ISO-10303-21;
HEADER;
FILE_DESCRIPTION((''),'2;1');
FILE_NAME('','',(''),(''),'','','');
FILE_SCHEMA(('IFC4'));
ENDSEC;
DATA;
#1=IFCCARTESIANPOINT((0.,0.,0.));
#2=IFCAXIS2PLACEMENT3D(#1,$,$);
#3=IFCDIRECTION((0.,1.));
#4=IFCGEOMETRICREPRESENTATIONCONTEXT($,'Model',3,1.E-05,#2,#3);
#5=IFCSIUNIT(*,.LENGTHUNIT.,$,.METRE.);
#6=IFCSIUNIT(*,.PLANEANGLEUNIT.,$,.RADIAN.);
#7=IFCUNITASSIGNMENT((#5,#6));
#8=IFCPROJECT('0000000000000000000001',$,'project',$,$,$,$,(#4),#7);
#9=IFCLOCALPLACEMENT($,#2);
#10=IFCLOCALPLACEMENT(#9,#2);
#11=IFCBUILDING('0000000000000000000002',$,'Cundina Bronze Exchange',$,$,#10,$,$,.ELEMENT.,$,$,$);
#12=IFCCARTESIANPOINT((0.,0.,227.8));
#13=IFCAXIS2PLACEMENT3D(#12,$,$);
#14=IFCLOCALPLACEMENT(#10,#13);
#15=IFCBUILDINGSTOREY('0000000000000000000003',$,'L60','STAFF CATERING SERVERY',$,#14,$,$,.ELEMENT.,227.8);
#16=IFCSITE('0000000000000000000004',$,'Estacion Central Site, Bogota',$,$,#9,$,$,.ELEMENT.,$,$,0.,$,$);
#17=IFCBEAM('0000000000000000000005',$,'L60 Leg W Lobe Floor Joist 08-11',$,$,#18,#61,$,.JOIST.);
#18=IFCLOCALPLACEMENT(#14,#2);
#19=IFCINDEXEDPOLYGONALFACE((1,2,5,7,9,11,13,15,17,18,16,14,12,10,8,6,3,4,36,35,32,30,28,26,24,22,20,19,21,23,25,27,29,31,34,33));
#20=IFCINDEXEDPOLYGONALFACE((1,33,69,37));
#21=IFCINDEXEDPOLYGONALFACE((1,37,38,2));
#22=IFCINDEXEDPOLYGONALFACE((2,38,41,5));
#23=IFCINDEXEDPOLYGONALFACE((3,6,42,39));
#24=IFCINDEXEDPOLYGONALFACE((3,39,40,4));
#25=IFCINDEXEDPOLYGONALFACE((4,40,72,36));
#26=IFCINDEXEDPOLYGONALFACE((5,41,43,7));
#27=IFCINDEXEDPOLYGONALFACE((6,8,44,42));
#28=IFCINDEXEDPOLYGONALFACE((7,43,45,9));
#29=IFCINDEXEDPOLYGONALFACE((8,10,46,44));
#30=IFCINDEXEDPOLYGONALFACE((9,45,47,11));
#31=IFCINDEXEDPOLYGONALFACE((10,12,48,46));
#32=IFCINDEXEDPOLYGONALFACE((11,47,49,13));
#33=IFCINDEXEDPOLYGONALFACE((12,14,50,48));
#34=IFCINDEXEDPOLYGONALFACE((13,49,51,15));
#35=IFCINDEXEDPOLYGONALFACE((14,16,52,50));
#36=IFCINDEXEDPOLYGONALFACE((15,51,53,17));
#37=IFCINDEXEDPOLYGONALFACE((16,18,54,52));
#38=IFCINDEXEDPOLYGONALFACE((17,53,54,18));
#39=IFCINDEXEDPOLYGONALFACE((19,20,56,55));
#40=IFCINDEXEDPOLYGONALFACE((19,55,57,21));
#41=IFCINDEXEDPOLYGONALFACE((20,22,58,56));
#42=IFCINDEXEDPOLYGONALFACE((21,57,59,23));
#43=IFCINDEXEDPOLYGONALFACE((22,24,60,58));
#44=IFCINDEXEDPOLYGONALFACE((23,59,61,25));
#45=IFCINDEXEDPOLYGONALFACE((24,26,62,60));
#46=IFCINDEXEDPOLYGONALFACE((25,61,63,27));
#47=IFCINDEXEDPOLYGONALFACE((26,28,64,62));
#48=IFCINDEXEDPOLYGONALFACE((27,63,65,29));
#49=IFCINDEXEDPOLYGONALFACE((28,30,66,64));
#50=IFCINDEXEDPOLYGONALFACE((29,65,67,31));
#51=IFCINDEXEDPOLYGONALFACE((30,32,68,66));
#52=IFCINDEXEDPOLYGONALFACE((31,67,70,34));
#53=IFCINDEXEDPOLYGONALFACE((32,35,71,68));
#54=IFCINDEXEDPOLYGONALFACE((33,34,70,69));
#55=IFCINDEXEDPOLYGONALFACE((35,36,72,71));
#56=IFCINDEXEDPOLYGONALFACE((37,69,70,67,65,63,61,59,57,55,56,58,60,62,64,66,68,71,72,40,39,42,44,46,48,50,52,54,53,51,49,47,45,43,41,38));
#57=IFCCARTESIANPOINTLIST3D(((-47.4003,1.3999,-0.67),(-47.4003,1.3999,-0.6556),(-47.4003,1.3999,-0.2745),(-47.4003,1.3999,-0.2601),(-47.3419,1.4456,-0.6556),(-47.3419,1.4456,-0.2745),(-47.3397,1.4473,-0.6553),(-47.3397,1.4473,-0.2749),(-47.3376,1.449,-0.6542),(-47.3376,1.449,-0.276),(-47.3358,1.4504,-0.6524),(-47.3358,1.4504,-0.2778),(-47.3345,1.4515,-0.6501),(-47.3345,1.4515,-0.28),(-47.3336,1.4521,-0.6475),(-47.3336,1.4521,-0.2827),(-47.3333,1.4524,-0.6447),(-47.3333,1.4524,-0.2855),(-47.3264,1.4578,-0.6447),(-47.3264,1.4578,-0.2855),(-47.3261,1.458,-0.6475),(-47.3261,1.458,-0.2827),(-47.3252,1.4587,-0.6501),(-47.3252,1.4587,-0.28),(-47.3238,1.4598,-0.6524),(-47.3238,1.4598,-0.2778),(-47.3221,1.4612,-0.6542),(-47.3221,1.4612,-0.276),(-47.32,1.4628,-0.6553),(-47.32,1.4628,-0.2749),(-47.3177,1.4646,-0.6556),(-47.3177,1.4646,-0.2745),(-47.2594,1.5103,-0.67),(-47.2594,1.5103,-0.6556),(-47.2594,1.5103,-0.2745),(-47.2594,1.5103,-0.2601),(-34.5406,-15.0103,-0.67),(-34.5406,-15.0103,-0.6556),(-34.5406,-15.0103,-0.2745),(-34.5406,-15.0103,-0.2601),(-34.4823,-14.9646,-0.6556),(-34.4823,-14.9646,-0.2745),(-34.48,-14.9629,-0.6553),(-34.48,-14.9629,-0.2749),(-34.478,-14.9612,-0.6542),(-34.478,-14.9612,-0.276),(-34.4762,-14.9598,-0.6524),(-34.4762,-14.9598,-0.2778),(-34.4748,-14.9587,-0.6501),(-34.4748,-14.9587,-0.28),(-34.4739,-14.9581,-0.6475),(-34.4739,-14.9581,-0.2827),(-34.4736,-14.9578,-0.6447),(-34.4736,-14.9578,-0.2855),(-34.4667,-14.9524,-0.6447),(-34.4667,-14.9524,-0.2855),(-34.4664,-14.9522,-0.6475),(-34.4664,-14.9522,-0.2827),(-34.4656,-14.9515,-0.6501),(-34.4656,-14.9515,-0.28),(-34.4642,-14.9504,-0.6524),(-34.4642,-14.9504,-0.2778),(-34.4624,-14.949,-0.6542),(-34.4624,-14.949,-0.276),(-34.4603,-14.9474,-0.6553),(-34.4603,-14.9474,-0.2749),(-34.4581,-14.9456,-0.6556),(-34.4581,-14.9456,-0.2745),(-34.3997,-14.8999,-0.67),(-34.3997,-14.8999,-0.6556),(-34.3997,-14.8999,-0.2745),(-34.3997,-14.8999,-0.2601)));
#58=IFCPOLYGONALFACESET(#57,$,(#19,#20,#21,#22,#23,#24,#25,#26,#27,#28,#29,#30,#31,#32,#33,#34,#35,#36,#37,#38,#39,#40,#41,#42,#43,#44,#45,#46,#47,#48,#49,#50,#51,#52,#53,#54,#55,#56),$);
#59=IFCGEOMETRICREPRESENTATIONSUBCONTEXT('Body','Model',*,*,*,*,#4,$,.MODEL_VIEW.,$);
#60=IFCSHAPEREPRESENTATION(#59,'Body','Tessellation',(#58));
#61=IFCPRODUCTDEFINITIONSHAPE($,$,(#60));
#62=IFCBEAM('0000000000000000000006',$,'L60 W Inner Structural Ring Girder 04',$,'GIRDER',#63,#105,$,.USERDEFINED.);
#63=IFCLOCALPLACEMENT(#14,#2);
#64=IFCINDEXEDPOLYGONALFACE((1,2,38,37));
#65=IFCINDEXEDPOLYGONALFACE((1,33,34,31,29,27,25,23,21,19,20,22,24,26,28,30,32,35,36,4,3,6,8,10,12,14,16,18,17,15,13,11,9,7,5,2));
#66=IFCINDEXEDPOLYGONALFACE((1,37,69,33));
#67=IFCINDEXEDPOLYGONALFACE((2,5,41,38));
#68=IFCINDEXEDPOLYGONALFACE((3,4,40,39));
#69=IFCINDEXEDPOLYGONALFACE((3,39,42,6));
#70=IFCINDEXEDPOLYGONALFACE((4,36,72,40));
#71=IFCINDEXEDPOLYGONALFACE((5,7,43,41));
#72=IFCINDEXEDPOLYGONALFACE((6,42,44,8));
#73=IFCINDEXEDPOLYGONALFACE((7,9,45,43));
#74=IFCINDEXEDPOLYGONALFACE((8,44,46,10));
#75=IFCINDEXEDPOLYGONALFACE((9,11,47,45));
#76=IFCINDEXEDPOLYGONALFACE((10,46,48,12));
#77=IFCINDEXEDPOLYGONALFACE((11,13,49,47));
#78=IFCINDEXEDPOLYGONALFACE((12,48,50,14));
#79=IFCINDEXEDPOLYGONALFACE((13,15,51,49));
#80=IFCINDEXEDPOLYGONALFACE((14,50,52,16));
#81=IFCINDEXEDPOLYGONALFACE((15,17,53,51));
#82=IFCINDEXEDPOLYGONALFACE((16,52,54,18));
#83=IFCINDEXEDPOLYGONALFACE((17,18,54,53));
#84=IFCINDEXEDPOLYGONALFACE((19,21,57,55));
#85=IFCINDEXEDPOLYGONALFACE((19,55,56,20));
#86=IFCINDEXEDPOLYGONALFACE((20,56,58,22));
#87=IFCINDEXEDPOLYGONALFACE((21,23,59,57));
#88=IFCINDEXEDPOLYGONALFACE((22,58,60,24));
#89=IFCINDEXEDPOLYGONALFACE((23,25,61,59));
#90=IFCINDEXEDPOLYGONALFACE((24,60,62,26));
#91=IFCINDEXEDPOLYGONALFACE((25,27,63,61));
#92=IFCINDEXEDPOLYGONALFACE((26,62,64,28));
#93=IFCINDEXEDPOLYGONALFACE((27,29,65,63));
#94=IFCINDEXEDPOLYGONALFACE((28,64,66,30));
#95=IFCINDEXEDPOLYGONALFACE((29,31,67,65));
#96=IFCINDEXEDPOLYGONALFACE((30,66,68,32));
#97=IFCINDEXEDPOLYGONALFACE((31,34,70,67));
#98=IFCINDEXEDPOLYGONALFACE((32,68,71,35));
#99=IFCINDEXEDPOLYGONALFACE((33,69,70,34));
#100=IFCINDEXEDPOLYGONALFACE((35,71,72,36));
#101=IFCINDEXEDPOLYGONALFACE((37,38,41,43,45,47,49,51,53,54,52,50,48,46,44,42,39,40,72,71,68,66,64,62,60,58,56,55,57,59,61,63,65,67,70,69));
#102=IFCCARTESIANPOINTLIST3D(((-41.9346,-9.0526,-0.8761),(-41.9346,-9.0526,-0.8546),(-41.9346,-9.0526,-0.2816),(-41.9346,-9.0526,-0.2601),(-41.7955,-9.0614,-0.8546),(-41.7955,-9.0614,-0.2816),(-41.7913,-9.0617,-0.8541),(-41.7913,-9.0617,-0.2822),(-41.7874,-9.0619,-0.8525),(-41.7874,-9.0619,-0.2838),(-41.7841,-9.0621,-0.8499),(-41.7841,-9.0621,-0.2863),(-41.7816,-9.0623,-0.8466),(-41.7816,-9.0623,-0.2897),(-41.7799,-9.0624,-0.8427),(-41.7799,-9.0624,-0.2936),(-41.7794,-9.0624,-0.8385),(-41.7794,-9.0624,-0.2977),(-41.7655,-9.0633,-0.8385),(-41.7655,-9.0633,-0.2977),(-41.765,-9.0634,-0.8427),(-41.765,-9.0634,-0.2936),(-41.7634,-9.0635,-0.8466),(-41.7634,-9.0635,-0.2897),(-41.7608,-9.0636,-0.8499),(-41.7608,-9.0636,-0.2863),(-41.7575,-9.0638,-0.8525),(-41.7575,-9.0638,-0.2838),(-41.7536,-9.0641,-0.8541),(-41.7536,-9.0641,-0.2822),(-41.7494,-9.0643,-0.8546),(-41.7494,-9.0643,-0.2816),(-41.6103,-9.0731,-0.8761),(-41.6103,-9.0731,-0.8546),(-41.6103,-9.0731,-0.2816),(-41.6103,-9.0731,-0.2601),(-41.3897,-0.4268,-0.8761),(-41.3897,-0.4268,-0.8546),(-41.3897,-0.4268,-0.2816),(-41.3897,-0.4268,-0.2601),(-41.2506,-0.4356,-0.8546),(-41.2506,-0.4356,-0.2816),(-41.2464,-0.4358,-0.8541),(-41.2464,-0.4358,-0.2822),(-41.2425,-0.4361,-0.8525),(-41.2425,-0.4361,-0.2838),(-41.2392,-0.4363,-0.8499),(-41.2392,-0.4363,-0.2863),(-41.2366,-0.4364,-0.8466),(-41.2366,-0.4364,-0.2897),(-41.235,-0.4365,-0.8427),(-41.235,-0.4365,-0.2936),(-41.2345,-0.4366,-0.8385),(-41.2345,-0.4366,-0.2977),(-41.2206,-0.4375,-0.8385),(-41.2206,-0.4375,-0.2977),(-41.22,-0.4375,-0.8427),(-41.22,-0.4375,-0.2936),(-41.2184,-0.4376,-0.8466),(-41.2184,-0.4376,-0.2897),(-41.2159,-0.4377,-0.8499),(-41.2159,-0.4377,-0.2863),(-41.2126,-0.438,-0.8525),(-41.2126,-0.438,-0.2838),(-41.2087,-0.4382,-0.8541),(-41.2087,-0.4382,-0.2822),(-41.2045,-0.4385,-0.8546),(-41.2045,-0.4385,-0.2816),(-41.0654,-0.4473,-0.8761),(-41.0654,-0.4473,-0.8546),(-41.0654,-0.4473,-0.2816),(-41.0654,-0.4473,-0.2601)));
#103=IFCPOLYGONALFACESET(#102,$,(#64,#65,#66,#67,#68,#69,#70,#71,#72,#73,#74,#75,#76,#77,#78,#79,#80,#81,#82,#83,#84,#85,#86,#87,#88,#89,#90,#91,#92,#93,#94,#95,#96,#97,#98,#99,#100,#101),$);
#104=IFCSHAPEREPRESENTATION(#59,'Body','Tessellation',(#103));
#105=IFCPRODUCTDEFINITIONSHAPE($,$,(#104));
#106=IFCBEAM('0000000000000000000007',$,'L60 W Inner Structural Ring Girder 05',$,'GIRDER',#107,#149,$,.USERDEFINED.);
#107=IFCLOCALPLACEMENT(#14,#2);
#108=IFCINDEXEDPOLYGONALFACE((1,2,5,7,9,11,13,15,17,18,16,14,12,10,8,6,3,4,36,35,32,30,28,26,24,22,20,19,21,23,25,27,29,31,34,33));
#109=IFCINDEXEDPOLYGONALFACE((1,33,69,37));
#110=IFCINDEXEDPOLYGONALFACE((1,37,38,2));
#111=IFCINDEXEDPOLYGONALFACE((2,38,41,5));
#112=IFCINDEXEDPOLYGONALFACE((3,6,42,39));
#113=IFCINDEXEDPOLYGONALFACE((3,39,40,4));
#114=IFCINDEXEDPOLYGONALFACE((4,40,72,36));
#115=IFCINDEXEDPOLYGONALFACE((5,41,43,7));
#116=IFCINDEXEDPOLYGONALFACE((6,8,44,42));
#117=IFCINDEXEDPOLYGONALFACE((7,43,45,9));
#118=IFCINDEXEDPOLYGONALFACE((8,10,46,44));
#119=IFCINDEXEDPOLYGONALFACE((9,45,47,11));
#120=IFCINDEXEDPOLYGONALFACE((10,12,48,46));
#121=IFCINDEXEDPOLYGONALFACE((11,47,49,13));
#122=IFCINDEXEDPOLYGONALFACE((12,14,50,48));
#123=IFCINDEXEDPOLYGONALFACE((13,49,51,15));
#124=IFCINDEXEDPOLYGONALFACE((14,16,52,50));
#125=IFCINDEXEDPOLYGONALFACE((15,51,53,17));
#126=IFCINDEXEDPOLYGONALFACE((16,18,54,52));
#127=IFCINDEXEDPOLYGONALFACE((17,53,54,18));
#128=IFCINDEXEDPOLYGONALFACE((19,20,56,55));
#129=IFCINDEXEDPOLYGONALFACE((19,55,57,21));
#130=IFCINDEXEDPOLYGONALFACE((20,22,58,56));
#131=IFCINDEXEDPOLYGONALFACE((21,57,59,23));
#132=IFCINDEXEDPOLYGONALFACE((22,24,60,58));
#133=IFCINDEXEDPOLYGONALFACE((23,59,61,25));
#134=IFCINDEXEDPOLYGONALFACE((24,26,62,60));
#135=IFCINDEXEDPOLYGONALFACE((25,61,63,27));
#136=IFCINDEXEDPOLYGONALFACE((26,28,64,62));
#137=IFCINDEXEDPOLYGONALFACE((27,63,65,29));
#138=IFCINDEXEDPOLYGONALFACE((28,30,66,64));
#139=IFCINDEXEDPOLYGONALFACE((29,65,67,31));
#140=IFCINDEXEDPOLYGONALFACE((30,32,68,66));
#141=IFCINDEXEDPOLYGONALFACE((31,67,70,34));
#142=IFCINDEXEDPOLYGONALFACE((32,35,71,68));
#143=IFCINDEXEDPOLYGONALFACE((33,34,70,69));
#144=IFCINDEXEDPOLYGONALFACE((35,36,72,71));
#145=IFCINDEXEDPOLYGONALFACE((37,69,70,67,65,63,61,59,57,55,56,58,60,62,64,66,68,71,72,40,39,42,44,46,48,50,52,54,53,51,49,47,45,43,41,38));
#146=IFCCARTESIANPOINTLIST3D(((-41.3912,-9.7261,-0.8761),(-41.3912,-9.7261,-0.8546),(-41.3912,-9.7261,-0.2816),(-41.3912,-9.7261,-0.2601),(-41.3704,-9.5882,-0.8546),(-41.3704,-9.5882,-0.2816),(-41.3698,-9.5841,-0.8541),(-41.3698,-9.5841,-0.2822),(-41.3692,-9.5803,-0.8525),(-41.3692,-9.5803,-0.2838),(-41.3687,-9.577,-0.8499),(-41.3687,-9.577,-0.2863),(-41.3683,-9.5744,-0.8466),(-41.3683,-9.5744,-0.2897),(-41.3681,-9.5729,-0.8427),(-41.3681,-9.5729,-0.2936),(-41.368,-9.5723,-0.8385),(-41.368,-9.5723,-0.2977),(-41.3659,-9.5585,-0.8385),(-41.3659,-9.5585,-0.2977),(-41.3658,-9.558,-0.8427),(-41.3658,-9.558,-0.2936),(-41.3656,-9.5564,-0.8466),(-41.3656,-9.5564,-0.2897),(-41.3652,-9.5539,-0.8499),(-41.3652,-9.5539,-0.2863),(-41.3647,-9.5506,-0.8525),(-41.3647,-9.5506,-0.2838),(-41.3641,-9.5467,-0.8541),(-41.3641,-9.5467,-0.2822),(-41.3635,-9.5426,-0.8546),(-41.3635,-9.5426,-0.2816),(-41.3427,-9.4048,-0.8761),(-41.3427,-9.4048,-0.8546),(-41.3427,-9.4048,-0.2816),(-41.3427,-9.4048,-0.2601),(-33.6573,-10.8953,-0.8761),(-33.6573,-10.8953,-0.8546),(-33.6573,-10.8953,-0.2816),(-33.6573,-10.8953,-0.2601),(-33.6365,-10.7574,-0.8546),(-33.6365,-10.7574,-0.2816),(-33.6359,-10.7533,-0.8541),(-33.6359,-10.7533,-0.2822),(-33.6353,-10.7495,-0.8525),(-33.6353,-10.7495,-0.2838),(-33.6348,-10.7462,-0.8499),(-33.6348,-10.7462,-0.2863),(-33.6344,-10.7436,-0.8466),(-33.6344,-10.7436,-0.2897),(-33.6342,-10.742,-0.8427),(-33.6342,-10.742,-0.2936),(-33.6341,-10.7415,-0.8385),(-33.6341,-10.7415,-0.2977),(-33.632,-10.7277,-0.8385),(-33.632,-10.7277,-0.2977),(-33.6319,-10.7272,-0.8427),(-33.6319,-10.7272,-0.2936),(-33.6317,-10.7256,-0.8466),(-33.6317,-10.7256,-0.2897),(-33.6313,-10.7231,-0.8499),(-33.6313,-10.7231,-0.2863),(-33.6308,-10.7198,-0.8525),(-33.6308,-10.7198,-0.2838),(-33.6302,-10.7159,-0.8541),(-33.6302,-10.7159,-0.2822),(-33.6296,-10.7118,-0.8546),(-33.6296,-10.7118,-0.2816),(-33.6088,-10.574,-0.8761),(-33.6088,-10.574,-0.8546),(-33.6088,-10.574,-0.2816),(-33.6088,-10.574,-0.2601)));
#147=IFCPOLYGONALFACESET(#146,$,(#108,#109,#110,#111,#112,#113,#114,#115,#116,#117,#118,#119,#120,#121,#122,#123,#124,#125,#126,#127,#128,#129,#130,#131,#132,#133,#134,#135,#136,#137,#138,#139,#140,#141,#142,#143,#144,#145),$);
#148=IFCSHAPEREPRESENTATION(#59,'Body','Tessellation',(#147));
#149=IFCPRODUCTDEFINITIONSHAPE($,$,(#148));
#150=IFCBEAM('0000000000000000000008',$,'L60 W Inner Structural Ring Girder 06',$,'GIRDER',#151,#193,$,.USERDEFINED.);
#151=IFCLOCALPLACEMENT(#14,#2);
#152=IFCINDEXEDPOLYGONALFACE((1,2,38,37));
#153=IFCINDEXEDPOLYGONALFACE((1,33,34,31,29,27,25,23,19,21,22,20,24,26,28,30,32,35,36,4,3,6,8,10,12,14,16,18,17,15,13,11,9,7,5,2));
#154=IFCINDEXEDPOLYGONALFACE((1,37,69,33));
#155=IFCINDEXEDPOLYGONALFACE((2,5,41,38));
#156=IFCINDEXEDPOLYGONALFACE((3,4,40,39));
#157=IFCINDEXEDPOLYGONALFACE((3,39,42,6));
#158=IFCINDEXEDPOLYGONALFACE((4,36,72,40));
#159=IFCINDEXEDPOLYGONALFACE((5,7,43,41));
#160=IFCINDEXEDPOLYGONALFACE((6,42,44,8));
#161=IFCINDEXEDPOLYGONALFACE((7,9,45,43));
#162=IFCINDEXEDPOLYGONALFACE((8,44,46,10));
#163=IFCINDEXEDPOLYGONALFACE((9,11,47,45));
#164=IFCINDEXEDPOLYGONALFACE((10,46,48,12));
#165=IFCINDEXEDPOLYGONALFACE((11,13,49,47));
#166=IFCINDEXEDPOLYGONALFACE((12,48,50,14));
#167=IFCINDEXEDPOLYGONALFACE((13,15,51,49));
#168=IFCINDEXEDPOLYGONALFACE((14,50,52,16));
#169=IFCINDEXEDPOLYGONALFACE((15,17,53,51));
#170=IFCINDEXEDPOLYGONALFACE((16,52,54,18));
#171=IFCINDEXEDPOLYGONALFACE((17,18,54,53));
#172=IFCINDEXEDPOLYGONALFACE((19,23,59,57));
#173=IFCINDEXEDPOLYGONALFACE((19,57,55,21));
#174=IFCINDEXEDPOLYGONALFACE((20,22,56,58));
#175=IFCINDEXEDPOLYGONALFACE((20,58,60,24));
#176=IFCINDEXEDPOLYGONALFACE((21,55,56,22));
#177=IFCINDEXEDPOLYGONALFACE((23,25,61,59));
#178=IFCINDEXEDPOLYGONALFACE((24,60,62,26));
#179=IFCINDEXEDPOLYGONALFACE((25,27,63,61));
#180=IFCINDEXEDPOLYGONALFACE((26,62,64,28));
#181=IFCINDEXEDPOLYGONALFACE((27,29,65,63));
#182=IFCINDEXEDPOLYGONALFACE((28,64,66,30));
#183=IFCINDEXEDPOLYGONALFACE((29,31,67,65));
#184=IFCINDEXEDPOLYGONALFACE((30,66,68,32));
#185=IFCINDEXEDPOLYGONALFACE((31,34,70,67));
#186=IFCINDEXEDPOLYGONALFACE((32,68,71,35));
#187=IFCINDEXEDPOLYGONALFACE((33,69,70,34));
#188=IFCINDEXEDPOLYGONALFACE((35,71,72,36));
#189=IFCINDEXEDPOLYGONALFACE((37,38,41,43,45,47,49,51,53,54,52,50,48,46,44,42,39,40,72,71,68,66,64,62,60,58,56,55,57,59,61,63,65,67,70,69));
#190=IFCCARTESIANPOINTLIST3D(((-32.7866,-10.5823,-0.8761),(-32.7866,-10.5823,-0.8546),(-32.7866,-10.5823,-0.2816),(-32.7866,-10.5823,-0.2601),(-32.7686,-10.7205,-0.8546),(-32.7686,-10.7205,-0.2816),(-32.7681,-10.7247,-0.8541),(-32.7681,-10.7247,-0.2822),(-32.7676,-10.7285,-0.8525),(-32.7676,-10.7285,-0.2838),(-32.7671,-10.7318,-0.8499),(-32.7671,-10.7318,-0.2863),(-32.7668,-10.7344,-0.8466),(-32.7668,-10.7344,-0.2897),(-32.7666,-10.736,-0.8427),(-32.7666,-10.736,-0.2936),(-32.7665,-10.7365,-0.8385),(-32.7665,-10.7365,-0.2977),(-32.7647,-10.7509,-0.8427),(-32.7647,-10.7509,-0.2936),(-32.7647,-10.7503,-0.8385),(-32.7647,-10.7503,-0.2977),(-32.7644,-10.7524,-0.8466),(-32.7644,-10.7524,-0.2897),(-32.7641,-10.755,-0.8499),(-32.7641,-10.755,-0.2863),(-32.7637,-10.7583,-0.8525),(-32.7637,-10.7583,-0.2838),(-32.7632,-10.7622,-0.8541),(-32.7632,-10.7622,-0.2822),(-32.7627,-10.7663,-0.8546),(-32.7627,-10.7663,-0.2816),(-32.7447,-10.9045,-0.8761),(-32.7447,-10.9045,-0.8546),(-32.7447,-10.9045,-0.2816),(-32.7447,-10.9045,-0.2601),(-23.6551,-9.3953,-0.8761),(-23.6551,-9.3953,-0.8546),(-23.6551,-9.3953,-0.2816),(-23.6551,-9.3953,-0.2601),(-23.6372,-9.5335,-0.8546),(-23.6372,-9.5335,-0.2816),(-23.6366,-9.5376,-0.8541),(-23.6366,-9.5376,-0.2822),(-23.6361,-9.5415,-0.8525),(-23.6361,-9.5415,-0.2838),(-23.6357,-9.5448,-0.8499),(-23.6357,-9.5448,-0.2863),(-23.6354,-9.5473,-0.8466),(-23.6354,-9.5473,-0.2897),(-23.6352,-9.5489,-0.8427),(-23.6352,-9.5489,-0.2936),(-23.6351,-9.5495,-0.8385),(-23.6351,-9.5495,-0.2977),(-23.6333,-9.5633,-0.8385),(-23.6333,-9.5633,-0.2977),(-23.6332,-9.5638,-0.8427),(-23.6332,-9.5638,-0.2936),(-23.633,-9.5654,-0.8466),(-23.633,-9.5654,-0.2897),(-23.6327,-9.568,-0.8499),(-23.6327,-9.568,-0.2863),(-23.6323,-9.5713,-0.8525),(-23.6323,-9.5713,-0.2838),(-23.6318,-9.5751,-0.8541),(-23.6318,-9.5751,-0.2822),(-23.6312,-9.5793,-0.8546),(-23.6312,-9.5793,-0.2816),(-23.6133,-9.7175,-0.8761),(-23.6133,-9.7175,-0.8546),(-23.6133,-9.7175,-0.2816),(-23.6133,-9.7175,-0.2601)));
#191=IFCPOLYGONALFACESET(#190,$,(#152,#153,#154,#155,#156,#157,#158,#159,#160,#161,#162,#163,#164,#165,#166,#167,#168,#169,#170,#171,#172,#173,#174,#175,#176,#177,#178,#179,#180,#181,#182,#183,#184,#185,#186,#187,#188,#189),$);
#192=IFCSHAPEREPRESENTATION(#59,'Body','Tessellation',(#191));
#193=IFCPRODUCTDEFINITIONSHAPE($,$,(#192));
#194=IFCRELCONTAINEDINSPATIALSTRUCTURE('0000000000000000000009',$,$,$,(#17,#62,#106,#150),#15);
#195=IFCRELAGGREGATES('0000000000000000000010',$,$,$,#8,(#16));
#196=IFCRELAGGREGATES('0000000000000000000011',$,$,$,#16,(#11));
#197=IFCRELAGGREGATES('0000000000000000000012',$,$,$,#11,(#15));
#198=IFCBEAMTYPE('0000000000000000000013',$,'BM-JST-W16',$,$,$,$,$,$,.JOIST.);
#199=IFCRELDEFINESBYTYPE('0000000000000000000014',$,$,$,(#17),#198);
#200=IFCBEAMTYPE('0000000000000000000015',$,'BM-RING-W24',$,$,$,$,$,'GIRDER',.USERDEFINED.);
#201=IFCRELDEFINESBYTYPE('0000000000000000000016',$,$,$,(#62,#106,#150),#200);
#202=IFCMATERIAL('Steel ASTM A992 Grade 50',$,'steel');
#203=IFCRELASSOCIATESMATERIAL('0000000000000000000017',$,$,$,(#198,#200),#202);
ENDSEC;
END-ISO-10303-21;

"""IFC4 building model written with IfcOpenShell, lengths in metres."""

from ifc_helpers import new_model, si_unit, direction, frame, origin, origin_2d, place, context, subcontext, project, spatial, i_section, extrude, material, material_profile, profile_set, type_object, element, save


model = new_model("IFC4")

# Units and contexts
model_context = context("Model", 3, precision=1e-05, world=origin(), true_north=direction((0.0, 1.0)))
body_context = subcontext(model_context, "Body", "Model", "MODEL_VIEW")
ifc_project = project(units=[si_unit("LENGTHUNIT", "METRE"), si_unit("PLANEANGLEUNIT", "RADIAN")], contexts=[model_context])

# Site, building, storey
site_placement = place(None, origin())
site = spatial("IfcSite", under=ifc_project, at=site_placement, Name="Estacion Central Site, Bogota", CompositionType="ELEMENT", RefElevation=0.0)
building_placement = place(site_placement, origin())
building = spatial("IfcBuilding", under=site, at=building_placement, Name="Cundina Bronze Exchange", CompositionType="ELEMENT")
storey_placement = place(building_placement, frame((0.0, 0.0, 227.8)))
storey = spatial("IfcBuildingStorey", under=building, at=storey_placement, Name="L60", Description="STAFF CATERING SERVERY", CompositionType="ELEMENT", Elevation=227.8)

# Beams
ifc_material_1 = material(Name="Steel ASTM A992 Grade 50", Category="steel")
ifc_material_profile_1 = material_profile(ifc_material_1, i_section(OverallWidth=0.179, OverallDepth=0.4099, WebThickness=0.0088, FlangeThickness=0.0144, FilletRadius=0.011, at=origin_2d()), Name="W16X45", Category="steel")
ifc_profile_set_1 = profile_set([ifc_material_profile_1], Name="Steel ASTM A992 Grade 50")
beam_type_1 = type_object("IfcBeamType", Name="BM-JST-W16", PredefinedType="JOIST", material=ifc_profile_set_1)
beam_1_placement = place(storey_placement, frame((-47.3298, 1.4551, -0.4651), z_axis=(0.61681, -0.787112, 0.0), x_axis=(0.787112, 0.61681, 0.0)))
element("IfcBeam", 1, at=beam_1_placement, inside=storey, type_object=beam_type_1, Name="L60 Leg W Lobe Floor Joist 08-11", PredefinedType="JOIST", context=body_context, shape_type="SweptSolid", body=[
    extrude(i_section(OverallWidth=0.179, OverallDepth=0.4099, WebThickness=0.0088, FlangeThickness=0.0144, FilletRadius=0.011, at=origin_2d()), origin(), (0.0, 0.0, 1.0), 20.8486),
])
ifc_material_profile_2 = material_profile(ifc_material_1, i_section(OverallWidth=0.325, OverallDepth=0.616, WebThickness=0.0139, FlangeThickness=0.0215, FilletRadius=0.0161, at=origin_2d()), Name="W24X117", Category="steel")
ifc_profile_set_2 = profile_set([ifc_material_profile_2], Name="Steel ASTM A992 Grade 50")
beam_type_2 = type_object("IfcBeamType", Name="BM-RING-W24", ElementType="GIRDER", PredefinedType="USERDEFINED", material=ifc_profile_set_2)
beam_2_placement = place(storey_placement, frame((-41.2275, -0.437, -0.5681), z_axis=(-0.063047, -0.998011, 0.0), x_axis=(0.998011, -0.063047, 0.0)))
element("IfcBeam", 2, at=beam_2_placement, inside=storey, type_object=beam_type_2, Name="L60 W Inner Structural Ring Girder 04", ObjectType="GIRDER", PredefinedType="USERDEFINED", context=body_context, shape_type="SweptSolid", body=[
    extrude(i_section(OverallWidth=0.325, OverallDepth=0.616, WebThickness=0.0139, FlangeThickness=0.0215, FilletRadius=0.0161, at=origin_2d()), origin(), (0.0, 0.0, 1.0), 8.6431),
])
beam_3_placement = place(storey_placement, frame((-41.3669, -9.5654, -0.5681), z_axis=(0.988765, -0.149479, 0.0), x_axis=(0.149479, 0.988765, 0.0)))
element("IfcBeam", 3, at=beam_3_placement, inside=storey, type_object=beam_type_2, Name="L60 W Inner Structural Ring Girder 05", ObjectType="GIRDER", PredefinedType="USERDEFINED", context=body_context, shape_type="SweptSolid", body=[
    extrude(i_section(OverallWidth=0.325, OverallDepth=0.616, WebThickness=0.0139, FlangeThickness=0.0215, FilletRadius=0.0161, at=origin_2d()), origin(), (0.0, 0.0, 1.0), 7.8218),
])
beam_4_placement = place(storey_placement, frame((-32.7656, -10.7434, -0.5681), z_axis=(0.991656, 0.128908, 0.0), x_axis=(-0.128908, 0.991656, 0.0)))
element("IfcBeam", 4, at=beam_4_placement, inside=storey, type_object=beam_type_2, Name="L60 W Inner Structural Ring Girder 06", ObjectType="GIRDER", PredefinedType="USERDEFINED", context=body_context, shape_type="SweptSolid", body=[
    extrude(i_section(OverallWidth=0.325, OverallDepth=0.616, WebThickness=0.0139, FlangeThickness=0.0215, FilletRadius=0.0161, at=origin_2d()), origin(), (0.0, 0.0, 1.0), 9.2083),
])

save(model, "model.ifc")
